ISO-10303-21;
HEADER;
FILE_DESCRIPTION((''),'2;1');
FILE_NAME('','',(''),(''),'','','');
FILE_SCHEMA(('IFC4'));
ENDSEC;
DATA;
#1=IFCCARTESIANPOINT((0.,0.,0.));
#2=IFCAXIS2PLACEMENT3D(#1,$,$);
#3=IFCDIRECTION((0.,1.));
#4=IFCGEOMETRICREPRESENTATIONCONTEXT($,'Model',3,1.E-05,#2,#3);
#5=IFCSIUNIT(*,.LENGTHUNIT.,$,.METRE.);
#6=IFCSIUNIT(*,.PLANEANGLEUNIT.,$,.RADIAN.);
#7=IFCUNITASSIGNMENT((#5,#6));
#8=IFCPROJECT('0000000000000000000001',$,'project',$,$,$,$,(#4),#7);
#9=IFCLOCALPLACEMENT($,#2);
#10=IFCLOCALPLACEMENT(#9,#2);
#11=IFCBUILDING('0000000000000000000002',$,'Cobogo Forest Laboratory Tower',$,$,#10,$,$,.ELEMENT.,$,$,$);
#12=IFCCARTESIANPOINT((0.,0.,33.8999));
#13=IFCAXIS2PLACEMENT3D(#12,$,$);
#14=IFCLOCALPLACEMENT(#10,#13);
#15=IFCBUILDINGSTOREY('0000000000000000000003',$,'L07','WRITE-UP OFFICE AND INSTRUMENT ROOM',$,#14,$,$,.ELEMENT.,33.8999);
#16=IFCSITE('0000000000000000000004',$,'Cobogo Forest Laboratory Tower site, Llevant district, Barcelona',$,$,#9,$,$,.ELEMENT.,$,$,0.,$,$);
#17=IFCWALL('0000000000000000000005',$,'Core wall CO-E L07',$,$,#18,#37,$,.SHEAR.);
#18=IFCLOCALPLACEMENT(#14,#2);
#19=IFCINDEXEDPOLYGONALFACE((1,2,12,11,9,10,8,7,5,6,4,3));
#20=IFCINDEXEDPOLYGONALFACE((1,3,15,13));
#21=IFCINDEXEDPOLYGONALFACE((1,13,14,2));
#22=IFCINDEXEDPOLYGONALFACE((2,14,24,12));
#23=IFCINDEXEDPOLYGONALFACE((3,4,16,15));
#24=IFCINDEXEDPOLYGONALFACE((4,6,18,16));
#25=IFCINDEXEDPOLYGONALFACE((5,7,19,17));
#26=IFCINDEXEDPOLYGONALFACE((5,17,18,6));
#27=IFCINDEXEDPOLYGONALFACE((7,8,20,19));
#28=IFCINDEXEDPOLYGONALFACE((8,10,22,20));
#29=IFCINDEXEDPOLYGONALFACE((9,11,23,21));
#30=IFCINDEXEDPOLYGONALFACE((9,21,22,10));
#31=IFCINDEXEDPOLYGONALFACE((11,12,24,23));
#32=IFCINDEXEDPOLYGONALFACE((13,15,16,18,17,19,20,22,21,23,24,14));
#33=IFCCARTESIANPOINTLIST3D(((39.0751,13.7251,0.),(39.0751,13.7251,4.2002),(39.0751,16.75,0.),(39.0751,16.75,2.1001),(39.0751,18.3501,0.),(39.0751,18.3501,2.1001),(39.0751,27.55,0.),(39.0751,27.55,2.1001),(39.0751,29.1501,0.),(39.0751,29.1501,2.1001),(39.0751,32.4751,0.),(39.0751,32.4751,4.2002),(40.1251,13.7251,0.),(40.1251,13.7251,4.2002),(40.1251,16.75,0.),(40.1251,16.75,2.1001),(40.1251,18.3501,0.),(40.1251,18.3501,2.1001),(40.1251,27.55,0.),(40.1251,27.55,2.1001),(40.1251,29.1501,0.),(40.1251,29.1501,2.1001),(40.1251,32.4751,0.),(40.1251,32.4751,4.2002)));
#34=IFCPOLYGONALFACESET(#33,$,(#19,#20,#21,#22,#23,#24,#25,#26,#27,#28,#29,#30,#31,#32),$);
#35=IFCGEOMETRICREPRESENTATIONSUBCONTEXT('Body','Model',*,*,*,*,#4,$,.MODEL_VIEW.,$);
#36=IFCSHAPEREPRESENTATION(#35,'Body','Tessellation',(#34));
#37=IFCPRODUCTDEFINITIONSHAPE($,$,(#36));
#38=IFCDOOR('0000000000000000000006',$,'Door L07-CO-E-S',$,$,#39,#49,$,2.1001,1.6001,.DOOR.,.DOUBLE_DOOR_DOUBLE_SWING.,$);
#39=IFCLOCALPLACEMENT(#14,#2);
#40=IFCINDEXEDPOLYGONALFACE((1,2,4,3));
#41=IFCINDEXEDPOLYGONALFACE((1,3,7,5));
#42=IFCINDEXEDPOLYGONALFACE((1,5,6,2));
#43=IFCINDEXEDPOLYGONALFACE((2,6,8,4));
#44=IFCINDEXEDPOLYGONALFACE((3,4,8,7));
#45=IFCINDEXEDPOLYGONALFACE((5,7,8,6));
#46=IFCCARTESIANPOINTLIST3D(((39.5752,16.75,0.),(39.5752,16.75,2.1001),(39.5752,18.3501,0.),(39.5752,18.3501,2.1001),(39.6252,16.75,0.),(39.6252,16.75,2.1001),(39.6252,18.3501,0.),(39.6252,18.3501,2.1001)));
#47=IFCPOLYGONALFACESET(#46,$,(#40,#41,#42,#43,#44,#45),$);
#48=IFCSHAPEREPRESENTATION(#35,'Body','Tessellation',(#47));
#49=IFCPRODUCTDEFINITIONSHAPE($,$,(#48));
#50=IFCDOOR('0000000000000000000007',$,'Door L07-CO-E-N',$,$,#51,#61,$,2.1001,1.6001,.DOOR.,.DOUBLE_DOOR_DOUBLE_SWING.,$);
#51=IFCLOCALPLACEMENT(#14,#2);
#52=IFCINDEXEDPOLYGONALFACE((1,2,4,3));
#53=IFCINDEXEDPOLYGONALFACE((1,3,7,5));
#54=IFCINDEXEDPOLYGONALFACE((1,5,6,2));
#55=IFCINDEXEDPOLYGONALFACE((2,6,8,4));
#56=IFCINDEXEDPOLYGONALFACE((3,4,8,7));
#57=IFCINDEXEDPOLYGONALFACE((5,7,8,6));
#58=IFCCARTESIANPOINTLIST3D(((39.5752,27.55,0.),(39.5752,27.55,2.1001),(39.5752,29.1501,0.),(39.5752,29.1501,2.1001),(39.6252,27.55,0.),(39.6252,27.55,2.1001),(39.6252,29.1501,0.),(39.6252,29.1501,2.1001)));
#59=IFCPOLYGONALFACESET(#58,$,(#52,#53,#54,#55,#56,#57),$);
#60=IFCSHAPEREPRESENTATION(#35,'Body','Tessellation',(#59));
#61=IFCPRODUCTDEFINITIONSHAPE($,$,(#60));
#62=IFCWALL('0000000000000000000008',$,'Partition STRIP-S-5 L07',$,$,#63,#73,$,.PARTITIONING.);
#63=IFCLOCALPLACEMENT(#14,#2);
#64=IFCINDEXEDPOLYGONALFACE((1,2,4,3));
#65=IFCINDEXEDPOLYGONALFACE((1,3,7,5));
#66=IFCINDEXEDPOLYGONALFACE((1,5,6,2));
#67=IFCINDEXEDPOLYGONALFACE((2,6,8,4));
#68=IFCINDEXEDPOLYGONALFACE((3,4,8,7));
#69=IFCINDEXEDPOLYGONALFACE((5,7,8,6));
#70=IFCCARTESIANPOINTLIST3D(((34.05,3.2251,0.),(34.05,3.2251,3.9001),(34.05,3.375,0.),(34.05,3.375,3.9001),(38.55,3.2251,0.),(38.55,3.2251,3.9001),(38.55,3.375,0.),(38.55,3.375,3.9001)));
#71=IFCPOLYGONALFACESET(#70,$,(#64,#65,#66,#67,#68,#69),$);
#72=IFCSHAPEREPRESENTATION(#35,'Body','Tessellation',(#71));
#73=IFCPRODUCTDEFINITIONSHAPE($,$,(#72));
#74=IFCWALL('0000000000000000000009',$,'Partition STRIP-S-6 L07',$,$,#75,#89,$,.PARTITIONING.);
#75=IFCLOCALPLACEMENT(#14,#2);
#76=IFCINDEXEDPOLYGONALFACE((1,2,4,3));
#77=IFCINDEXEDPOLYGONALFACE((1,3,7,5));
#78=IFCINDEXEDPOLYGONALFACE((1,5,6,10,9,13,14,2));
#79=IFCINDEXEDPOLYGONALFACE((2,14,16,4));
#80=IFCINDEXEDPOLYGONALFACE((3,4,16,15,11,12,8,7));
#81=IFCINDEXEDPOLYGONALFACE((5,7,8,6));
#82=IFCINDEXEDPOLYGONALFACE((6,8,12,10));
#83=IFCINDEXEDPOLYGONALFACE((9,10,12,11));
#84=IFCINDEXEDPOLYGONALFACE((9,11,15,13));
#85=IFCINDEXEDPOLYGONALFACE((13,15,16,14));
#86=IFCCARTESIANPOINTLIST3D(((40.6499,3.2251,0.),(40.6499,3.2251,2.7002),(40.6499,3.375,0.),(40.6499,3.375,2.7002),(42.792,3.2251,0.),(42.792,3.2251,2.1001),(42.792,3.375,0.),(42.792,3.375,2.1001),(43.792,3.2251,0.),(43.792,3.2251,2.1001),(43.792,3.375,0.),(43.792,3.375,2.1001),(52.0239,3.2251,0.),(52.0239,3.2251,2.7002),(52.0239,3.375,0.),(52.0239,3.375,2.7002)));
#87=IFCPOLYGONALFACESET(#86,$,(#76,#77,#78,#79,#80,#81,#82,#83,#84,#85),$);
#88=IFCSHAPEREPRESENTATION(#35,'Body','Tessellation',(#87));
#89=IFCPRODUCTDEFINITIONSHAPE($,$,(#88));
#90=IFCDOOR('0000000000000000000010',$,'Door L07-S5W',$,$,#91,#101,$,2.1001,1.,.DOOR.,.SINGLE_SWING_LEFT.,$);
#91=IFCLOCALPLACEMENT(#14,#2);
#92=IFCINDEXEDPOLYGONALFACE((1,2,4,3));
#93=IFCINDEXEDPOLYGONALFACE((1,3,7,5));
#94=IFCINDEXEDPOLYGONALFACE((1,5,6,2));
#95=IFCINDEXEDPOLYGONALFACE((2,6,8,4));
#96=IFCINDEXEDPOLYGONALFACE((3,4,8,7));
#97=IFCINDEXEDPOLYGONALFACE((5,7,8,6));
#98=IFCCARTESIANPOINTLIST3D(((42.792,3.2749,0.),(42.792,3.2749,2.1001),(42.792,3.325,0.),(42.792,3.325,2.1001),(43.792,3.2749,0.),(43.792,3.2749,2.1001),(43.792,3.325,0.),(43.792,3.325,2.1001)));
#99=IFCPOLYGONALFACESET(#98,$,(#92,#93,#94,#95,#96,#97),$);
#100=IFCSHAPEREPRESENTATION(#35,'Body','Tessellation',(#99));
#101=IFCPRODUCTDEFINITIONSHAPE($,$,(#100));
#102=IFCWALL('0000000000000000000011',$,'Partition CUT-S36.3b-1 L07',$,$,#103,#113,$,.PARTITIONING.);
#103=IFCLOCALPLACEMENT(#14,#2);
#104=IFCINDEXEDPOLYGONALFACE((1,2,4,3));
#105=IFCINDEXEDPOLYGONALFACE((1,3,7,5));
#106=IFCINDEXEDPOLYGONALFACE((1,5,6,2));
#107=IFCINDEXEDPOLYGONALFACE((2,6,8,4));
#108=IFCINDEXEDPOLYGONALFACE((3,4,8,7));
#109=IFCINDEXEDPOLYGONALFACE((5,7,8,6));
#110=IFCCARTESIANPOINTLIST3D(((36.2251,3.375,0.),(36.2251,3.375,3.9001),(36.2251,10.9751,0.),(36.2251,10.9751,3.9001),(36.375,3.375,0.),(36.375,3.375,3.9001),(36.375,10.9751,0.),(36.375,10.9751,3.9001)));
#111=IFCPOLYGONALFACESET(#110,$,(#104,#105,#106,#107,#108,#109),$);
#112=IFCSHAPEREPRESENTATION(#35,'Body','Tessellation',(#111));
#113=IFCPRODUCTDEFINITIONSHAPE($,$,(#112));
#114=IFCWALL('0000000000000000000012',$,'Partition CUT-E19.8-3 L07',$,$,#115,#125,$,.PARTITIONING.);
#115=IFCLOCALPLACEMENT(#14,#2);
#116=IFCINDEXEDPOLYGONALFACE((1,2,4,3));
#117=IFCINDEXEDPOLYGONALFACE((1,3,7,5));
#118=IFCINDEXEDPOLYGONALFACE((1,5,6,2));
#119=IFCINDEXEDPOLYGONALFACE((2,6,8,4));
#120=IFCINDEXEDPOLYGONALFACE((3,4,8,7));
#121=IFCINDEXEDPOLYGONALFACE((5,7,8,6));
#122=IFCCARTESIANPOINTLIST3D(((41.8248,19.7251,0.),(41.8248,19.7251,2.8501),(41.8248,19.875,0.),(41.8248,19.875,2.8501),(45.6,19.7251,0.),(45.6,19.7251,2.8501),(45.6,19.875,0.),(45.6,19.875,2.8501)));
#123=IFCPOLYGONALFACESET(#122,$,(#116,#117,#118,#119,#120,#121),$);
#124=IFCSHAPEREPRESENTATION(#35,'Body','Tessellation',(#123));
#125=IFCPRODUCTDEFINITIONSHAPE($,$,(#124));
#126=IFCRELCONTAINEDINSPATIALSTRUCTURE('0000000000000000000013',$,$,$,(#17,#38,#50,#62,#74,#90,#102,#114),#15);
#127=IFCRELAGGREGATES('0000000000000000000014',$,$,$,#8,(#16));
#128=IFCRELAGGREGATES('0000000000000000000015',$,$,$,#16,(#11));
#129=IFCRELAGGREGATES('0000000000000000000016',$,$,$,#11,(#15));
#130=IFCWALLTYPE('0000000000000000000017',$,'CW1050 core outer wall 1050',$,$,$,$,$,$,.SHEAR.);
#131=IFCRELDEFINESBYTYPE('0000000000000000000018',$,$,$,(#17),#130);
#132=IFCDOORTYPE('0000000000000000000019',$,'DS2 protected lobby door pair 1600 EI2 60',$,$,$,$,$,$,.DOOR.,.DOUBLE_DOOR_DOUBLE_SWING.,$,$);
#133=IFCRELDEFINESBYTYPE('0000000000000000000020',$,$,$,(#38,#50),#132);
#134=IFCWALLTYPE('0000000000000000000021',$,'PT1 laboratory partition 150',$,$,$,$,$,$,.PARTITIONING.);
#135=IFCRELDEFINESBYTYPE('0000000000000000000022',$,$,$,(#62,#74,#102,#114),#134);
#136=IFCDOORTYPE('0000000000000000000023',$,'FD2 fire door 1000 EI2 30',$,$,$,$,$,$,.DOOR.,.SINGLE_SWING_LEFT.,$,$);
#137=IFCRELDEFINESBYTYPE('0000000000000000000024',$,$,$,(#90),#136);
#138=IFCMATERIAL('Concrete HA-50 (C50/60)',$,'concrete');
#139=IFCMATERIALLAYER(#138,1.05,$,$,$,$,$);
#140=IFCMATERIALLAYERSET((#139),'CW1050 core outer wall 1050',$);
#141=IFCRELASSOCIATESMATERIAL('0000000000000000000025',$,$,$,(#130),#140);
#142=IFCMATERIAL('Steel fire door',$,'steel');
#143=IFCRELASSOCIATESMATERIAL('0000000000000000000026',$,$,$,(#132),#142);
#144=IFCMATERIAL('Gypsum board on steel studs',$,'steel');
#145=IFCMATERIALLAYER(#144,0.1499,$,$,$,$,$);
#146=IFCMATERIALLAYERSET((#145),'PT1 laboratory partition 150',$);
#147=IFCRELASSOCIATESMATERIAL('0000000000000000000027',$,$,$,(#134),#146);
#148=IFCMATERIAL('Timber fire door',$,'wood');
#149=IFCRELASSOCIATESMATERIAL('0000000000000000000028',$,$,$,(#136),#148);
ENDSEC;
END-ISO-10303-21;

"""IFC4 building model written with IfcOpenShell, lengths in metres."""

from ifc_helpers import new_model, si_unit, direction, frame, frame_2d, origin, place, context, subcontext, project, spatial, rectangle, extrude, material, layer, layer_set, type_object, element, fill, save


model = new_model("IFC4")

# Units and contexts
model_context = context("Model", 3, precision=1e-05, world=origin(), true_north=direction((0.0, 1.0)))
body_context = subcontext(model_context, "Body", "Model", "MODEL_VIEW")
ifc_project = project(units=[si_unit("LENGTHUNIT", "METRE"), si_unit("PLANEANGLEUNIT", "RADIAN")], contexts=[model_context])

# Site, building, storey
site_placement = place(None, origin())
site = spatial("IfcSite", under=ifc_project, at=site_placement, Name="Cobogo Forest Laboratory Tower site, Llevant district, Barcelona", CompositionType="ELEMENT", RefElevation=0.0)
building_placement = place(site_placement, origin())
building = spatial("IfcBuilding", under=site, at=building_placement, Name="Cobogo Forest Laboratory Tower", CompositionType="ELEMENT")
storey_placement = place(building_placement, frame((0.0, 0.0, 33.8999)))
storey = spatial("IfcBuildingStorey", under=building, at=storey_placement, Name="L07", Description="WRITE-UP OFFICE AND INSTRUMENT ROOM", CompositionType="ELEMENT", Elevation=33.8999)

# Shared definitions
ifc_material_1 = material(Name="Concrete HA-50 (C50/60)", Category="concrete")

# Wall, openings, doors
ifc_layer_1 = layer(ifc_material_1, 1.05)
ifc_layer_set_1 = layer_set([ifc_layer_1], Name="CW1050 core outer wall 1050")
wall_type_1 = type_object("IfcWallType", Name="CW1050 core outer wall 1050", PredefinedType="SHEAR", material=ifc_layer_set_1)
wall_1_placement = place(storey_placement, frame((39.6001, 13.7251, 0.0), z_axis=(0.0, 0.0, 1.0), x_axis=(0.0, 1.0, 0.0)))
wall_1 = element("IfcWall", 1, at=wall_1_placement, inside=storey, type_object=wall_type_1, Name="Core wall CO-E L07", PredefinedType="SHEAR", context=body_context, shape_type="SweptSolid", body=[
    extrude(rectangle(XDim=18.75, YDim=1.05, at=frame_2d((9.375, 0.0))), origin(), (0.0, 0.0, 1.0), 4.2002),
])
opening_1_placement = place(wall_1_placement, frame((3.0249, 0.0, 0.0)))
opening_1 = element("IfcOpeningElement", 2, at=opening_1_placement, cuts=wall_1, PredefinedType="OPENING", context=body_context, shape_type="SweptSolid", body=[
    extrude(rectangle(XDim=1.6001, YDim=2.1001, at=frame_2d((0.8, 1.05))), frame((0.0, 0.5349, 0.0), z_axis=(0.0, -1.0, 0.0), x_axis=(1.0, 0.0, 0.0)), (0.0, 0.0, 1.0), 1.0701),
])
opening_2_placement = place(wall_1_placement, frame((13.825, 0.0, 0.0)))
opening_2 = element("IfcOpeningElement", 3, at=opening_2_placement, cuts=wall_1, PredefinedType="OPENING", context=body_context, shape_type="SweptSolid", body=[
    extrude(rectangle(XDim=1.6001, YDim=2.1001, at=frame_2d((0.8, 1.05))), frame((0.0, 0.5349, 0.0), z_axis=(0.0, -1.0, 0.0), x_axis=(1.0, 0.0, 0.0)), (0.0, 0.0, 1.0), 1.0701),
])
ifc_material_2 = material(Name="Steel fire door", Category="steel")
door_type_1 = type_object("IfcDoorType", Name="DS2 protected lobby door pair 1600 EI2 60", OperationType="DOUBLE_DOOR_DOUBLE_SWING", PredefinedType="DOOR", material=ifc_material_2)
door_1_placement = place(opening_1_placement, origin())
door_1 = element("IfcDoor", 4, at=door_1_placement, inside=storey, type_object=door_type_1, Name="Door L07-CO-E-S", OperationType="DOUBLE_DOOR_DOUBLE_SWING", OverallHeight=2.1001, OverallWidth=1.6001, PredefinedType="DOOR", context=body_context, shape_type="SweptSolid", body=[
    extrude(rectangle(XDim=1.6001, YDim=2.1001, at=frame_2d((0.8, 1.05))), frame((0.0, 0.0249, 0.0), z_axis=(0.0, -1.0, 0.0), x_axis=(1.0, 0.0, 0.0)), (0.0, 0.0, 1.0), 0.05),
])
fill(opening_1, door_1)
door_2_placement = place(opening_2_placement, origin())
door_2 = element("IfcDoor", 5, at=door_2_placement, inside=storey, type_object=door_type_1, Name="Door L07-CO-E-N", OperationType="DOUBLE_DOOR_DOUBLE_SWING", OverallHeight=2.1001, OverallWidth=1.6001, PredefinedType="DOOR", context=body_context, shape_type="SweptSolid", body=[
    extrude(rectangle(XDim=1.6001, YDim=2.1001, at=frame_2d((0.8, 1.05))), frame((0.0, 0.0249, 0.0), z_axis=(0.0, -1.0, 0.0), x_axis=(1.0, 0.0, 0.0)), (0.0, 0.0, 1.0), 0.05),
])
fill(opening_2, door_2)

# Wall
ifc_material_3 = material(Name="Gypsum board on steel studs", Category="steel")
ifc_layer_2 = layer(ifc_material_3, 0.1499)
ifc_layer_set_2 = layer_set([ifc_layer_2], Name="PT1 laboratory partition 150")
wall_type_2 = type_object("IfcWallType", Name="PT1 laboratory partition 150", PredefinedType="PARTITIONING", material=ifc_layer_set_2)
wall_2_placement = place(storey_placement, frame((34.05, 3.3, 0.0), z_axis=(0.0, 0.0, 1.0), x_axis=(1.0, 0.0, 0.0)))
element("IfcWall", 6, at=wall_2_placement, inside=storey, type_object=wall_type_2, Name="Partition STRIP-S-5 L07", PredefinedType="PARTITIONING", context=body_context, shape_type="SweptSolid", body=[
    extrude(rectangle(XDim=4.5, YDim=0.1499, at=frame_2d((2.25, 0.0))), origin(), (0.0, 0.0, 1.0), 3.9001),
])

# Wall, opening, door
wall_3_placement = place(storey_placement, frame((40.6499, 3.3, 0.0), z_axis=(0.0, 0.0, 1.0), x_axis=(1.0, 0.0, 0.0)))
wall_3 = element("IfcWall", 7, at=wall_3_placement, inside=storey, type_object=wall_type_2, Name="Partition STRIP-S-6 L07", PredefinedType="PARTITIONING", context=body_context, shape_type="SweptSolid", body=[
    extrude(rectangle(XDim=11.374, YDim=0.1499, at=frame_2d((5.687, 0.0))), origin(), (0.0, 0.0, 1.0), 2.7002),
])
opening_3_placement = place(wall_3_placement, frame((2.1421, 0.0, 0.0)))
opening_3 = element("IfcOpeningElement", 8, at=opening_3_placement, cuts=wall_3, PredefinedType="OPENING", context=body_context, shape_type="SweptSolid", body=[
    extrude(rectangle(XDim=1.0, YDim=2.1001, at=frame_2d((0.5, 1.05))), frame((0.0, 0.085, 0.0), z_axis=(0.0, -1.0, 0.0), x_axis=(1.0, 0.0, 0.0)), (0.0, 0.0, 1.0), 0.1699),
])
ifc_material_4 = material(Name="Timber fire door", Category="wood")
door_type_2 = type_object("IfcDoorType", Name="FD2 fire door 1000 EI2 30", OperationType="SINGLE_SWING_LEFT", PredefinedType="DOOR", material=ifc_material_4)
door_3_placement = place(opening_3_placement, origin())
door_3 = element("IfcDoor", 9, at=door_3_placement, inside=storey, type_object=door_type_2, Name="Door L07-S5W", OperationType="SINGLE_SWING_LEFT", OverallHeight=2.1001, OverallWidth=1.0, PredefinedType="DOOR", context=body_context, shape_type="SweptSolid", body=[
    extrude(rectangle(XDim=1.0, YDim=2.1001, at=frame_2d((0.5, 1.05))), frame((0.0, 0.0249, 0.0), z_axis=(0.0, -1.0, 0.0), x_axis=(1.0, 0.0, 0.0)), (0.0, 0.0, 1.0), 0.05),
])
fill(opening_3, door_3)

# Walls
wall_4_placement = place(storey_placement, frame((36.3, 3.375, 0.0), z_axis=(0.0, 0.0, 1.0), x_axis=(0.0, 1.0, 0.0)))
element("IfcWall", 10, at=wall_4_placement, inside=storey, type_object=wall_type_2, Name="Partition CUT-S36.3b-1 L07", PredefinedType="PARTITIONING", context=body_context, shape_type="SweptSolid", body=[
    extrude(rectangle(XDim=7.6001, YDim=0.1499, at=frame_2d((3.8, 0.0))), origin(), (0.0, 0.0, 1.0), 3.9001),
])
wall_5_placement = place(storey_placement, frame((45.6001, 19.8, 0.0), z_axis=(0.0, 0.0, 1.0), x_axis=(-1.0, 0.0, 0.0)))
element("IfcWall", 11, at=wall_5_placement, inside=storey, type_object=wall_type_2, Name="Partition CUT-E19.8-3 L07", PredefinedType="PARTITIONING", context=body_context, shape_type="SweptSolid", body=[
    extrude(rectangle(XDim=3.7751, YDim=0.1499, at=frame_2d((1.8877, 0.0))), origin(), (0.0, 0.0, 1.0), 2.8501),
])

save(model, "model.ifc")
